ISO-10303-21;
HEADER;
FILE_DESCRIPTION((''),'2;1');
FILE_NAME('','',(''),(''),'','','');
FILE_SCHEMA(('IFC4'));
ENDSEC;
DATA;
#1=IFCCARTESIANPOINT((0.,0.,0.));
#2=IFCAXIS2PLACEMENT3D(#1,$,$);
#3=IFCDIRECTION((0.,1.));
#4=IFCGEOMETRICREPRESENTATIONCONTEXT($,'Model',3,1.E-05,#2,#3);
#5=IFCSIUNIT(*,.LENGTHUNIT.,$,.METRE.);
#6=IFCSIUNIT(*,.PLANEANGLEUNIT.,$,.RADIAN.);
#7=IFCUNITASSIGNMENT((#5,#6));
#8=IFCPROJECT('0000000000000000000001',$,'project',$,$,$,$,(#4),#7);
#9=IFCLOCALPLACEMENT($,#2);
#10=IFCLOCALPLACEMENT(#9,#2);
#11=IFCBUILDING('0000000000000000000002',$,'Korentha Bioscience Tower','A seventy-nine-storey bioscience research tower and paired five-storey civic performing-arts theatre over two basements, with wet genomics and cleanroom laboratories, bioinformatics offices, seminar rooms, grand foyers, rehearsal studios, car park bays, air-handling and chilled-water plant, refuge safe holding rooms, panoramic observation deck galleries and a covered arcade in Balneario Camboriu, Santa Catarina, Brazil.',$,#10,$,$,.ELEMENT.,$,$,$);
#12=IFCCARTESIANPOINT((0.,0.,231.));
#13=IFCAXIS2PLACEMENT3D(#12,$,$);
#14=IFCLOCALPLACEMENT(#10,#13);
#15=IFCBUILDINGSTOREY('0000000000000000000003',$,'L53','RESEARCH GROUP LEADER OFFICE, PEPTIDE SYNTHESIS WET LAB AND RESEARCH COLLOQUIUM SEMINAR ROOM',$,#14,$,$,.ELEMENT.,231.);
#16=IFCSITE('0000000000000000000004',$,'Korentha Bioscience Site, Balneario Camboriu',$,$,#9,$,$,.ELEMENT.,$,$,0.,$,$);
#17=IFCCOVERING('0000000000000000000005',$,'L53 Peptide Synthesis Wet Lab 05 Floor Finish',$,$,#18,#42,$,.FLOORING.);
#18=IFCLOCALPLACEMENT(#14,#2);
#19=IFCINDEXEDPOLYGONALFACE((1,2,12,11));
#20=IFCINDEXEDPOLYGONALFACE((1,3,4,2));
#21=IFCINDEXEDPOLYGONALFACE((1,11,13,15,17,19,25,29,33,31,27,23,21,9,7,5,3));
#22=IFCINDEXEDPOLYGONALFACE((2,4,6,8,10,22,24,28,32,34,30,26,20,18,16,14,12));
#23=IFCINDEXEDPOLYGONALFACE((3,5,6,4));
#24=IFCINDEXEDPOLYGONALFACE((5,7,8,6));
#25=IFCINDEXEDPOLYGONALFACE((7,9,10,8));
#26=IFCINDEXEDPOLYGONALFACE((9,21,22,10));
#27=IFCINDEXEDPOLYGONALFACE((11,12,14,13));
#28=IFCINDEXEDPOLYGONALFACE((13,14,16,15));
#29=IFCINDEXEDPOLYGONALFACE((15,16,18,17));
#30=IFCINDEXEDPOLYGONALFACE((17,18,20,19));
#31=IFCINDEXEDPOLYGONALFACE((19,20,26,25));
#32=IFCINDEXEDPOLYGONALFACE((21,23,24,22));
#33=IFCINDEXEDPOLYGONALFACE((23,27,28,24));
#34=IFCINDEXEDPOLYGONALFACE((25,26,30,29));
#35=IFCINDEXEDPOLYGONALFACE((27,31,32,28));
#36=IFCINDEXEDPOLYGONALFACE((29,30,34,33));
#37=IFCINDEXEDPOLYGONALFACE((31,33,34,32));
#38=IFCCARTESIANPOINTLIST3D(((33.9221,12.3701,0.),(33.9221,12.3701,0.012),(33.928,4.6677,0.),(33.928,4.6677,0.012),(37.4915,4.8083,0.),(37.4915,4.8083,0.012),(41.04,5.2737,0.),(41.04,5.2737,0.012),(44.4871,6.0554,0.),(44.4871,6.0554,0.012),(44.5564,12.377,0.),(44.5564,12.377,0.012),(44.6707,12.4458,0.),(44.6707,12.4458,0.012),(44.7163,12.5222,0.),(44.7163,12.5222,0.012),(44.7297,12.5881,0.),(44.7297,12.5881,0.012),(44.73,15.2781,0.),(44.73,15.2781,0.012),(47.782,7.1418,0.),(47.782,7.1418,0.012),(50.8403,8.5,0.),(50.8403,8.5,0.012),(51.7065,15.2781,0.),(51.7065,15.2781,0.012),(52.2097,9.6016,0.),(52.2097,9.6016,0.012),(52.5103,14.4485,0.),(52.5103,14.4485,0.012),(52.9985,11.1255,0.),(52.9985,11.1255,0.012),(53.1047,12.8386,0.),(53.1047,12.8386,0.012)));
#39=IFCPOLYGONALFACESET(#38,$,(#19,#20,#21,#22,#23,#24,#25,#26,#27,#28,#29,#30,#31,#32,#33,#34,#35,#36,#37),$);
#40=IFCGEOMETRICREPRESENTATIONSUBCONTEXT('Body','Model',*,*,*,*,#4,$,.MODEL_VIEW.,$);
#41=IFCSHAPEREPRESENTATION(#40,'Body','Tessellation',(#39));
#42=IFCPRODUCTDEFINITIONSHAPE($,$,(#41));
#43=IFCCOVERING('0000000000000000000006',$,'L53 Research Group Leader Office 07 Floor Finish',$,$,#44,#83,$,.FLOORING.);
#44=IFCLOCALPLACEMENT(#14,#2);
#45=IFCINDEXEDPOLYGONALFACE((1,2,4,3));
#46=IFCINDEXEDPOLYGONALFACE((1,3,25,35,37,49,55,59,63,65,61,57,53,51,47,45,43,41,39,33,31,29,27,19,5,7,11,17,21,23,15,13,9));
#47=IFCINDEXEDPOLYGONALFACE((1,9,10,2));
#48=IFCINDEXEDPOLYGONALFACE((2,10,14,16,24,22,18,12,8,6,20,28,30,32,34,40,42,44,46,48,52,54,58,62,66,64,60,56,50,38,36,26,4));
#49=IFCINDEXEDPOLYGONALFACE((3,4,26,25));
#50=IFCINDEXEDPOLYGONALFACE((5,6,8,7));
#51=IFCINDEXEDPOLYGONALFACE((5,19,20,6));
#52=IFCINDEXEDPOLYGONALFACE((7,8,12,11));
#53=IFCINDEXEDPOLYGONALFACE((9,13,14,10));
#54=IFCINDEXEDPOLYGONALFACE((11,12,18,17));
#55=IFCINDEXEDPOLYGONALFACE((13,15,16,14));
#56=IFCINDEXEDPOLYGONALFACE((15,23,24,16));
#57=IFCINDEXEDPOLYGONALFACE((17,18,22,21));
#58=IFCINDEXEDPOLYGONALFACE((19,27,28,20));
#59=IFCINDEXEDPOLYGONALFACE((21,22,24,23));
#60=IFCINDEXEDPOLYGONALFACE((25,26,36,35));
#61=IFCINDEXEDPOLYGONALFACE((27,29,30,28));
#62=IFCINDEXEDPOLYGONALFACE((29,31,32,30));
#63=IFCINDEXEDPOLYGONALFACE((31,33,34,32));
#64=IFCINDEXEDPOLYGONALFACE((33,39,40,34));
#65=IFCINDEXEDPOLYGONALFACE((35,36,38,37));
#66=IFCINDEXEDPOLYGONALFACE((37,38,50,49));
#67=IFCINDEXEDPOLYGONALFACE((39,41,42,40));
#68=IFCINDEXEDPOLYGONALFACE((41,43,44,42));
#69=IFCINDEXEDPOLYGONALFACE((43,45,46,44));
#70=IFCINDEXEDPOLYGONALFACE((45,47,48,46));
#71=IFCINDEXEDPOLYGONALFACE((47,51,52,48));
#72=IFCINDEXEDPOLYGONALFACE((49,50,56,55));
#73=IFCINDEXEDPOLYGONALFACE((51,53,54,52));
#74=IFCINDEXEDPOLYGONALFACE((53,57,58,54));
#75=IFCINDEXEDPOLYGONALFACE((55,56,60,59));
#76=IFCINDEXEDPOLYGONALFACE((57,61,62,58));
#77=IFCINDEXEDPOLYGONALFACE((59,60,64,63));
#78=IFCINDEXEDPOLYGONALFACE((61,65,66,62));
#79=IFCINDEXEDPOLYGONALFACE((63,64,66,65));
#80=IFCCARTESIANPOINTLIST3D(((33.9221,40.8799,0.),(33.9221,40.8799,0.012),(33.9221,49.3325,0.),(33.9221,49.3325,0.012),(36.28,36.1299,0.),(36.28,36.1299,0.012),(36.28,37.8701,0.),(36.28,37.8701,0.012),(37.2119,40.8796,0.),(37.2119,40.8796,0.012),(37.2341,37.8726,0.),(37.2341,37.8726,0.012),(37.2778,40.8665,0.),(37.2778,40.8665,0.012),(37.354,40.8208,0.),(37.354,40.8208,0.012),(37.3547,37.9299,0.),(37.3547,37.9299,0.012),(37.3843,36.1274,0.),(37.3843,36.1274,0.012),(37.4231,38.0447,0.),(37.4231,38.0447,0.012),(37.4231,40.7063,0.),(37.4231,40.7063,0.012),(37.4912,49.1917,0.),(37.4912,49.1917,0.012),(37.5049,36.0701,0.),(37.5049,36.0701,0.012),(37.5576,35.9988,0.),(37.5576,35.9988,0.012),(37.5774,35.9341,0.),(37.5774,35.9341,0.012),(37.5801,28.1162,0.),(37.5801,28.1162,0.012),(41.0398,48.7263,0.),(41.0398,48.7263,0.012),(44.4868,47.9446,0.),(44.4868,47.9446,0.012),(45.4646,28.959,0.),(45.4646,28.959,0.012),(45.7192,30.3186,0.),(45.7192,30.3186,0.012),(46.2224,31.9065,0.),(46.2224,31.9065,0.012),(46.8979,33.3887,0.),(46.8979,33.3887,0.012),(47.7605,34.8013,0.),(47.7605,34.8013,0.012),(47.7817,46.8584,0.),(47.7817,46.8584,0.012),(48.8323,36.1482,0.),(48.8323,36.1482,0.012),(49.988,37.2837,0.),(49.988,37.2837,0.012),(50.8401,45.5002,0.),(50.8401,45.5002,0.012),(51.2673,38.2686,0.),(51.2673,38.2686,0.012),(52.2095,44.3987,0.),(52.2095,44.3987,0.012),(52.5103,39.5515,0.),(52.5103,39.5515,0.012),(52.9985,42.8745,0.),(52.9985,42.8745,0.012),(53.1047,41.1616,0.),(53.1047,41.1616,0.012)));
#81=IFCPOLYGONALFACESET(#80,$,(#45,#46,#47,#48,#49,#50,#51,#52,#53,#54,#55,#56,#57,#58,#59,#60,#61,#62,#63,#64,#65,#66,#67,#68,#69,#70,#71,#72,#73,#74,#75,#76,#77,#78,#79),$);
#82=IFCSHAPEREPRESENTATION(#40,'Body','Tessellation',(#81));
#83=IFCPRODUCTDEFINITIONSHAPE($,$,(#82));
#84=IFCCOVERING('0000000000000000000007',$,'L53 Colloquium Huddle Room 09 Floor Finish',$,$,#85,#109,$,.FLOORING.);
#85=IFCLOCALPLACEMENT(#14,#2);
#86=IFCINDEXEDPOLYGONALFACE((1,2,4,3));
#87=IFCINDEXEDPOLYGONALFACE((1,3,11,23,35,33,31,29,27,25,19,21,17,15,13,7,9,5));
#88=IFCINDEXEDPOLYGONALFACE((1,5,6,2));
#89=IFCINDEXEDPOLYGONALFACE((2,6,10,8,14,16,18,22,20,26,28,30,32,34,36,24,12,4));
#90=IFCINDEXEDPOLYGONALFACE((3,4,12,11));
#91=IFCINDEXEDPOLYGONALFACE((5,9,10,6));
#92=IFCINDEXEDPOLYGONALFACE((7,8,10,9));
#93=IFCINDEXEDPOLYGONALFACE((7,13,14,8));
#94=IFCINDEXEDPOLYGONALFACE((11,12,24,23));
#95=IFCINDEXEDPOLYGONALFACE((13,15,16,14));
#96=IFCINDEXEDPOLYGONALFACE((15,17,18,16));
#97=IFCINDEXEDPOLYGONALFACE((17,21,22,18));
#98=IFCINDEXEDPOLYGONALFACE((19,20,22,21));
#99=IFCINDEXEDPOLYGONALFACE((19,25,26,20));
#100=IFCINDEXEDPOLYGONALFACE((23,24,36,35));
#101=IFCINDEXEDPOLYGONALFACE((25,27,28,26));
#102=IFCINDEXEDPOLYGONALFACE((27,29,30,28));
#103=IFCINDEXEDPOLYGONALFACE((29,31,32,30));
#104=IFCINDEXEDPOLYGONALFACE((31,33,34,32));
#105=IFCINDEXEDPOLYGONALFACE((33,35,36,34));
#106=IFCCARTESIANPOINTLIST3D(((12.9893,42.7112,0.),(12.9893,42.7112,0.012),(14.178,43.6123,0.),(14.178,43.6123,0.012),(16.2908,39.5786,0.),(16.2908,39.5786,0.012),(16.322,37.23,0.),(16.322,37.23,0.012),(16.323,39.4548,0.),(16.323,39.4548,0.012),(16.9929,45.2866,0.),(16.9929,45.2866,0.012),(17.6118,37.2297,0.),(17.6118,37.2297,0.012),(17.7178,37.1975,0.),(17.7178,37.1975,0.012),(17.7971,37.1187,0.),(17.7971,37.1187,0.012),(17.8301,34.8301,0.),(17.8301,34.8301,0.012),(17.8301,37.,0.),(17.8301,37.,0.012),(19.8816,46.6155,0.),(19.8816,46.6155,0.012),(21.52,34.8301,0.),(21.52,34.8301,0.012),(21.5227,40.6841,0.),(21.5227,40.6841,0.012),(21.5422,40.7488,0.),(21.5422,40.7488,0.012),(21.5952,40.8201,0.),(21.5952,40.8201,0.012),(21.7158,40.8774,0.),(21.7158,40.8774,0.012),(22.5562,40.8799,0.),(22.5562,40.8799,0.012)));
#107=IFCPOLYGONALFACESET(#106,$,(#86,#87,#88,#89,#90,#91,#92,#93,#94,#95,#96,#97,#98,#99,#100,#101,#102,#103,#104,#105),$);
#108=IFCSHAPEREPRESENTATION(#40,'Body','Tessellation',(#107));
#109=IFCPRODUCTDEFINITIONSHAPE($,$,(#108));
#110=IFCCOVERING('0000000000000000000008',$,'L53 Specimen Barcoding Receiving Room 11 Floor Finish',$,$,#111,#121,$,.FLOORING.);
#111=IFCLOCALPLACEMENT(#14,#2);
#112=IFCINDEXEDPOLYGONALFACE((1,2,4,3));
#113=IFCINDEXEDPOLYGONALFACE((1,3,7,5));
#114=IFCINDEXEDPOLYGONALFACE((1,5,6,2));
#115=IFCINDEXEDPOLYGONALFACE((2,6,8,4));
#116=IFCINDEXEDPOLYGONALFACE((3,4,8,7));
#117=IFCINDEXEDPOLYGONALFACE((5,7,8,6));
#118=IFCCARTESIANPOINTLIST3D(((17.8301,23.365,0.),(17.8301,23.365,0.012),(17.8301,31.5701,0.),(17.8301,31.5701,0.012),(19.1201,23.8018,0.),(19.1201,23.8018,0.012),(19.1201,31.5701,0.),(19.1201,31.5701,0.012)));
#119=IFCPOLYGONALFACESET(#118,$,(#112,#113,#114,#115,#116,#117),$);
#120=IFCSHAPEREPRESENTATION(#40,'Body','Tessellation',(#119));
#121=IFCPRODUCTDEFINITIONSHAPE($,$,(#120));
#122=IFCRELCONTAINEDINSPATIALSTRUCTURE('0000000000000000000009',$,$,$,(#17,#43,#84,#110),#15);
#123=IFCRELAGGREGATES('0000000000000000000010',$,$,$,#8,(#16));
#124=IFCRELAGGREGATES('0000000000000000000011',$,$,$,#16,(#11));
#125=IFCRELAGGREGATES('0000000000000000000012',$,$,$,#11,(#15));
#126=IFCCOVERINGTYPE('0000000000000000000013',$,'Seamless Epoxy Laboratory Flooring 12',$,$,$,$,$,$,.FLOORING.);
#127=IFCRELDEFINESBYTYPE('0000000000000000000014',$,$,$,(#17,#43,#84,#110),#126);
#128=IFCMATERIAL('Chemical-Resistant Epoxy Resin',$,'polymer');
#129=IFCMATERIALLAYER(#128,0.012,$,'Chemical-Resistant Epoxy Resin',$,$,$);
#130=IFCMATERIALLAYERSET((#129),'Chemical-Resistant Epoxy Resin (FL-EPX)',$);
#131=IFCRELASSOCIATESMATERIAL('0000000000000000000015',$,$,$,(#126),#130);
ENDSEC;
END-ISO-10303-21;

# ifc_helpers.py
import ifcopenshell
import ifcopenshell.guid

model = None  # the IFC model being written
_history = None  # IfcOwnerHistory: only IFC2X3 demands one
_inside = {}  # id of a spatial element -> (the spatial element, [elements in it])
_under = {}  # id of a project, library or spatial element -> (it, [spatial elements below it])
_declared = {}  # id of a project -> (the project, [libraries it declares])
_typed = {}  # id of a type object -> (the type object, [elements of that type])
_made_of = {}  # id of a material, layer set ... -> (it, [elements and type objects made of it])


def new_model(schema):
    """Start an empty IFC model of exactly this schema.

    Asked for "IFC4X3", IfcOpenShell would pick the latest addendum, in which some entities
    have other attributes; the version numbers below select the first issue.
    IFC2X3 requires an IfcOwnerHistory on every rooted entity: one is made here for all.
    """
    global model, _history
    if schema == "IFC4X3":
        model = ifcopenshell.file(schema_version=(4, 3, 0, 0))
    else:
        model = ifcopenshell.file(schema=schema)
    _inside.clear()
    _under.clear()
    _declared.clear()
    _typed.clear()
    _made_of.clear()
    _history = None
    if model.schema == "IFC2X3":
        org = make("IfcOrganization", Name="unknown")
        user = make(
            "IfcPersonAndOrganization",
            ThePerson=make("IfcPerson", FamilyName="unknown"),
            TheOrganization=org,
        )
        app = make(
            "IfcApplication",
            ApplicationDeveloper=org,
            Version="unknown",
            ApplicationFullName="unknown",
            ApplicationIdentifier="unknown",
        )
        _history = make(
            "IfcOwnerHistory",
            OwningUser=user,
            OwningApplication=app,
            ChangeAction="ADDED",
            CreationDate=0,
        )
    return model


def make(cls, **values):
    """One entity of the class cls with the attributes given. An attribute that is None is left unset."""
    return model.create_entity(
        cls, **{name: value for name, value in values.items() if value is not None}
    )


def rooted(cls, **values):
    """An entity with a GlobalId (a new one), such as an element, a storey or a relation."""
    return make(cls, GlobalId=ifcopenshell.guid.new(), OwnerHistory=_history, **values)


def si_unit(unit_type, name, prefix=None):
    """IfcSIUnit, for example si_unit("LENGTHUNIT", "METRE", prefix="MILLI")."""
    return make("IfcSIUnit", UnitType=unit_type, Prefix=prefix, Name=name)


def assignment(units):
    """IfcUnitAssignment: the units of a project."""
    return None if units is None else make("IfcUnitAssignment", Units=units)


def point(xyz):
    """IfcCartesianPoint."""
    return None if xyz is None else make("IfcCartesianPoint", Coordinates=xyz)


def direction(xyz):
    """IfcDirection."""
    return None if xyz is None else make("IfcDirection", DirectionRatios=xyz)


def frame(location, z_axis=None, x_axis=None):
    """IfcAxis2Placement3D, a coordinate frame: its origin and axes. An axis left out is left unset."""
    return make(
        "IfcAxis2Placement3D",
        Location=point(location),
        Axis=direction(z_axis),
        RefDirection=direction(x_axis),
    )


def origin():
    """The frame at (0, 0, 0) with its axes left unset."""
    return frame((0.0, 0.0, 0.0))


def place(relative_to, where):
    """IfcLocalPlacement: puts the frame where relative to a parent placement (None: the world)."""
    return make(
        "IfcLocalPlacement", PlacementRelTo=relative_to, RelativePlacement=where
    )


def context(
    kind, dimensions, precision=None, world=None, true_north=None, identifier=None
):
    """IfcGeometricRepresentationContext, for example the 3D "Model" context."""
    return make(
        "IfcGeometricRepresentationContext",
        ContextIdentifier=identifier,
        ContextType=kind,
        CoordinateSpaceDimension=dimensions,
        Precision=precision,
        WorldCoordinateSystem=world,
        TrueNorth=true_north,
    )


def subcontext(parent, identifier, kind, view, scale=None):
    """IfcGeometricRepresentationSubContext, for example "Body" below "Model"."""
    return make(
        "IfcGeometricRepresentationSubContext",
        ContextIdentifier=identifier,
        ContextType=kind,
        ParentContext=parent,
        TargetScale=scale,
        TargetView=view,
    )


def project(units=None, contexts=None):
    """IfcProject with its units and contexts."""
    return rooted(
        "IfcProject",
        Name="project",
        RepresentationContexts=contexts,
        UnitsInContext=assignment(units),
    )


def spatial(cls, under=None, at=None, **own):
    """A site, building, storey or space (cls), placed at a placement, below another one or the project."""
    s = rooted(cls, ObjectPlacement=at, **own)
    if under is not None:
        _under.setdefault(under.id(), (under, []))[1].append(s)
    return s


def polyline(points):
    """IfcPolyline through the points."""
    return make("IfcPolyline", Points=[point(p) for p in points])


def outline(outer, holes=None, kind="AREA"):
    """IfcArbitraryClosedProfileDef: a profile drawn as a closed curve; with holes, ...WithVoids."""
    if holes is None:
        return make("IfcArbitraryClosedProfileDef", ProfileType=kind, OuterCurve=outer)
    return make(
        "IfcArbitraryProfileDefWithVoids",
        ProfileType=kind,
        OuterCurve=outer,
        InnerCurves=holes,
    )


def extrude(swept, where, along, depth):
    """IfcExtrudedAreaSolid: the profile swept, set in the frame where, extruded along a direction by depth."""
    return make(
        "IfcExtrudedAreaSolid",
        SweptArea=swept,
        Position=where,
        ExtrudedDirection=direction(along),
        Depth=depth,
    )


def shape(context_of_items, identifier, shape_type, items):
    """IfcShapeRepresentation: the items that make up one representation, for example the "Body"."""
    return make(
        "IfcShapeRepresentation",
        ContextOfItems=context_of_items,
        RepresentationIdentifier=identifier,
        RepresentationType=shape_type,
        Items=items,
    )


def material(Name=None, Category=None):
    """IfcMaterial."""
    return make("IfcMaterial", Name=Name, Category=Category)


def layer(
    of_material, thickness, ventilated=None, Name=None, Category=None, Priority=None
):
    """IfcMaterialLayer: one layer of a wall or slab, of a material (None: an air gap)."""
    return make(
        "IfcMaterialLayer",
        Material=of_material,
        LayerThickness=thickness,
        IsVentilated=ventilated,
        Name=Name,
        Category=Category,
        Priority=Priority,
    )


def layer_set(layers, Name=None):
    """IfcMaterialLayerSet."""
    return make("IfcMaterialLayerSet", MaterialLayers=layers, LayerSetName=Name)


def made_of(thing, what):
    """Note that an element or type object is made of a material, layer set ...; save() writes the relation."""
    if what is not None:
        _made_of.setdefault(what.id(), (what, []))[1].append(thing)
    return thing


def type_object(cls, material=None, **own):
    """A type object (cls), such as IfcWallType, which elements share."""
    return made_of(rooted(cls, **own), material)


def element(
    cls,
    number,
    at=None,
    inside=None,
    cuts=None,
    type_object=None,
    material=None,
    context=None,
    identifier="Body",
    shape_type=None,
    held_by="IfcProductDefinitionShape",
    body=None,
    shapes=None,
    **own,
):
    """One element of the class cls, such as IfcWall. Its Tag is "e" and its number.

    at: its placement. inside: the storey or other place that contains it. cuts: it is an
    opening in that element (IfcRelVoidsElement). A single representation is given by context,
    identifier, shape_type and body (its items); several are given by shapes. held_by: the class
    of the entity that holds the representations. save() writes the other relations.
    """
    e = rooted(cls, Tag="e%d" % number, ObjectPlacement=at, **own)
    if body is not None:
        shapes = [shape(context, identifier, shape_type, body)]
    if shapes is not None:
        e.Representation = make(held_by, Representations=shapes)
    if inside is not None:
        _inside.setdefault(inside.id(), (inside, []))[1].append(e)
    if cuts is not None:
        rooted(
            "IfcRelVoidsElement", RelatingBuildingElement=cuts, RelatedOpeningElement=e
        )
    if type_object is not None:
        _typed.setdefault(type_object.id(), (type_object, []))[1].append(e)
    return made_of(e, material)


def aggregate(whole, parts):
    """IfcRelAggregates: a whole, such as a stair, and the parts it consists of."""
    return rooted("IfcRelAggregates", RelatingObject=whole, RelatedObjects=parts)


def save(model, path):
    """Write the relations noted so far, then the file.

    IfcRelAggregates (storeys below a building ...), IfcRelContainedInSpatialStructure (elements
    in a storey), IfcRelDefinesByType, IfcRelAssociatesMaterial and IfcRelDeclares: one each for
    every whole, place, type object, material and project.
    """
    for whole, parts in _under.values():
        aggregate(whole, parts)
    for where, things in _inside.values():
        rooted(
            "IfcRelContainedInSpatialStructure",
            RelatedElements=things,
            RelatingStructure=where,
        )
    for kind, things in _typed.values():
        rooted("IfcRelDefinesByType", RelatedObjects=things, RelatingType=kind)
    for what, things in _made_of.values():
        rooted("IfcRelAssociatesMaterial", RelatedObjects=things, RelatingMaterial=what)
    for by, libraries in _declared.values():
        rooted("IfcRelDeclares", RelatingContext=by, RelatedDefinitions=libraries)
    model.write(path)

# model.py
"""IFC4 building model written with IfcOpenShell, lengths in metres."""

from ifc_helpers import new_model, si_unit, direction, frame, origin, place, context, subcontext, project, spatial, polyline, outline, extrude, material, layer, layer_set, type_object, element, save


model = new_model("IFC4")

# Units and contexts
model_context = context("Model", 3, precision=1e-05, world=origin(), true_north=direction((0.0, 1.0)))
body_context = subcontext(model_context, "Body", "Model", "MODEL_VIEW")
ifc_project = project(units=[si_unit("LENGTHUNIT", "METRE"), si_unit("PLANEANGLEUNIT", "RADIAN")], contexts=[model_context])

# Site, building, storey
site_placement = place(None, origin())
site = spatial("IfcSite", under=ifc_project, at=site_placement, Name="Korentha Bioscience Site, Balneario Camboriu", CompositionType="ELEMENT", RefElevation=0.0)
building_placement = place(site_placement, origin())
building = spatial("IfcBuilding", under=site, at=building_placement, Name="Korentha Bioscience Tower", Description="A seventy-nine-storey bioscience research tower and paired five-storey civic performing-arts theatre over two basements, with wet genomics and cleanroom laboratories, bioinformatics offices, seminar rooms, grand foyers, rehearsal studios, car park bays, air-handling and chilled-water plant, refuge safe holding rooms, panoramic observation deck galleries and a covered arcade in Balneario Camboriu, Santa Catarina, Brazil.", CompositionType="ELEMENT")
storey_placement = place(building_placement, frame((0.0, 0.0, 231.0)))
storey = spatial("IfcBuildingStorey", under=building, at=storey_placement, Name="L53", Description="RESEARCH GROUP LEADER OFFICE, PEPTIDE SYNTHESIS WET LAB AND RESEARCH COLLOQUIUM SEMINAR ROOM", CompositionType="ELEMENT", Elevation=231.0)

# Coverings
ifc_material_1 = material(Name="Chemical-Resistant Epoxy Resin", Category="polymer")
ifc_layer_1 = layer(ifc_material_1, 0.012, Name="Chemical-Resistant Epoxy Resin")
ifc_layer_set_1 = layer_set([ifc_layer_1], Name="Chemical-Resistant Epoxy Resin (FL-EPX)")
covering_type_1 = type_object("IfcCoveringType", Name="Seamless Epoxy Laboratory Flooring 12", PredefinedType="FLOORING", material=ifc_layer_set_1)
covering_1_placement = place(storey_placement, origin())
element("IfcCovering", 1, at=covering_1_placement, inside=storey, type_object=covering_type_1, Name="L53 Peptide Synthesis Wet Lab 05 Floor Finish", PredefinedType="FLOORING", context=body_context, shape_type="SweptSolid", body=[
    extrude(outline(polyline([(33.9221, 12.3701), (44.5564, 12.377), (44.6707, 12.4458), (44.7163, 12.5222), (44.7297, 12.5881), (44.73, 15.2781), (51.7065, 15.2781), (52.5103, 14.4485), (53.1047, 12.8386), (52.9985, 11.1255), (52.2097, 9.6016), (50.8403, 8.5), (47.782, 7.1418), (44.4871, 6.0554), (41.04, 5.2737), (37.4915, 4.8083), (33.928, 4.6677), (33.9221, 12.3701)])), origin(), (0.0, 0.0, 1.0), 0.012),
])
covering_2_placement = place(storey_placement, origin())
element("IfcCovering", 2, at=covering_2_placement, inside=storey, type_object=covering_type_1, Name="L53 Research Group Leader Office 07 Floor Finish", PredefinedType="FLOORING", context=body_context, shape_type="SweptSolid", body=[
    extrude(outline(polyline([(33.9221, 40.8799), (33.9221, 49.3325), (37.4912, 49.1917), (41.0398, 48.7263), (44.4868, 47.9446), (47.7817, 46.8584), (50.8401, 45.5002), (52.2095, 44.3987), (52.9985, 42.8745), (53.1047, 41.1616), (52.5103, 39.5515), (51.2673, 38.2686), (49.988, 37.2837), (48.8323, 36.1482), (47.7605, 34.8013), (46.8979, 33.3887), (46.2224, 31.9065), (45.7192, 30.3186), (45.4646, 28.959), (37.5801, 28.1162), (37.5774, 35.9341), (37.5576, 35.9988), (37.5049, 36.0701), (37.3843, 36.1274), (36.28, 36.1299), (36.28, 37.8701), (37.2341, 37.8726), (37.3547, 37.9299), (37.4231, 38.0447), (37.4231, 40.7063), (37.354, 40.8208), (37.2778, 40.8665), (37.2119, 40.8796), (33.9221, 40.8799)])), origin(), (0.0, 0.0, 1.0), 0.012),
])
covering_3_placement = place(storey_placement, origin())
element("IfcCovering", 3, at=covering_3_placement, inside=storey, type_object=covering_type_1, Name="L53 Colloquium Huddle Room 09 Floor Finish", PredefinedType="FLOORING", context=body_context, shape_type="SweptSolid", body=[
    extrude(outline(polyline([(14.178, 43.6123), (16.9929, 45.2866), (19.8816, 46.6155), (22.5562, 40.8799), (21.7158, 40.8774), (21.5952, 40.8201), (21.5422, 40.7488), (21.5227, 40.6841), (21.52, 34.8301), (17.8301, 34.8301), (17.8301, 37.0), (17.7971, 37.1187), (17.7178, 37.1975), (17.6118, 37.2297), (16.322, 37.23), (16.323, 39.4548), (16.2908, 39.5786), (12.9893, 42.7112), (14.178, 43.6123)])), origin(), (0.0, 0.0, 1.0), 0.012),
])
covering_4_placement = place(storey_placement, origin())
element("IfcCovering", 4, at=covering_4_placement, inside=storey, type_object=covering_type_1, Name="L53 Specimen Barcoding Receiving Room 11 Floor Finish", PredefinedType="FLOORING", context=body_context, shape_type="SweptSolid", body=[
    extrude(outline(polyline([(17.8301, 23.365), (17.8301, 31.5701), (19.1201, 31.5701), (19.1201, 23.8018), (17.8301, 23.365)])), origin(), (0.0, 0.0, 1.0), 0.012),
])

save(model, "model.ifc")
